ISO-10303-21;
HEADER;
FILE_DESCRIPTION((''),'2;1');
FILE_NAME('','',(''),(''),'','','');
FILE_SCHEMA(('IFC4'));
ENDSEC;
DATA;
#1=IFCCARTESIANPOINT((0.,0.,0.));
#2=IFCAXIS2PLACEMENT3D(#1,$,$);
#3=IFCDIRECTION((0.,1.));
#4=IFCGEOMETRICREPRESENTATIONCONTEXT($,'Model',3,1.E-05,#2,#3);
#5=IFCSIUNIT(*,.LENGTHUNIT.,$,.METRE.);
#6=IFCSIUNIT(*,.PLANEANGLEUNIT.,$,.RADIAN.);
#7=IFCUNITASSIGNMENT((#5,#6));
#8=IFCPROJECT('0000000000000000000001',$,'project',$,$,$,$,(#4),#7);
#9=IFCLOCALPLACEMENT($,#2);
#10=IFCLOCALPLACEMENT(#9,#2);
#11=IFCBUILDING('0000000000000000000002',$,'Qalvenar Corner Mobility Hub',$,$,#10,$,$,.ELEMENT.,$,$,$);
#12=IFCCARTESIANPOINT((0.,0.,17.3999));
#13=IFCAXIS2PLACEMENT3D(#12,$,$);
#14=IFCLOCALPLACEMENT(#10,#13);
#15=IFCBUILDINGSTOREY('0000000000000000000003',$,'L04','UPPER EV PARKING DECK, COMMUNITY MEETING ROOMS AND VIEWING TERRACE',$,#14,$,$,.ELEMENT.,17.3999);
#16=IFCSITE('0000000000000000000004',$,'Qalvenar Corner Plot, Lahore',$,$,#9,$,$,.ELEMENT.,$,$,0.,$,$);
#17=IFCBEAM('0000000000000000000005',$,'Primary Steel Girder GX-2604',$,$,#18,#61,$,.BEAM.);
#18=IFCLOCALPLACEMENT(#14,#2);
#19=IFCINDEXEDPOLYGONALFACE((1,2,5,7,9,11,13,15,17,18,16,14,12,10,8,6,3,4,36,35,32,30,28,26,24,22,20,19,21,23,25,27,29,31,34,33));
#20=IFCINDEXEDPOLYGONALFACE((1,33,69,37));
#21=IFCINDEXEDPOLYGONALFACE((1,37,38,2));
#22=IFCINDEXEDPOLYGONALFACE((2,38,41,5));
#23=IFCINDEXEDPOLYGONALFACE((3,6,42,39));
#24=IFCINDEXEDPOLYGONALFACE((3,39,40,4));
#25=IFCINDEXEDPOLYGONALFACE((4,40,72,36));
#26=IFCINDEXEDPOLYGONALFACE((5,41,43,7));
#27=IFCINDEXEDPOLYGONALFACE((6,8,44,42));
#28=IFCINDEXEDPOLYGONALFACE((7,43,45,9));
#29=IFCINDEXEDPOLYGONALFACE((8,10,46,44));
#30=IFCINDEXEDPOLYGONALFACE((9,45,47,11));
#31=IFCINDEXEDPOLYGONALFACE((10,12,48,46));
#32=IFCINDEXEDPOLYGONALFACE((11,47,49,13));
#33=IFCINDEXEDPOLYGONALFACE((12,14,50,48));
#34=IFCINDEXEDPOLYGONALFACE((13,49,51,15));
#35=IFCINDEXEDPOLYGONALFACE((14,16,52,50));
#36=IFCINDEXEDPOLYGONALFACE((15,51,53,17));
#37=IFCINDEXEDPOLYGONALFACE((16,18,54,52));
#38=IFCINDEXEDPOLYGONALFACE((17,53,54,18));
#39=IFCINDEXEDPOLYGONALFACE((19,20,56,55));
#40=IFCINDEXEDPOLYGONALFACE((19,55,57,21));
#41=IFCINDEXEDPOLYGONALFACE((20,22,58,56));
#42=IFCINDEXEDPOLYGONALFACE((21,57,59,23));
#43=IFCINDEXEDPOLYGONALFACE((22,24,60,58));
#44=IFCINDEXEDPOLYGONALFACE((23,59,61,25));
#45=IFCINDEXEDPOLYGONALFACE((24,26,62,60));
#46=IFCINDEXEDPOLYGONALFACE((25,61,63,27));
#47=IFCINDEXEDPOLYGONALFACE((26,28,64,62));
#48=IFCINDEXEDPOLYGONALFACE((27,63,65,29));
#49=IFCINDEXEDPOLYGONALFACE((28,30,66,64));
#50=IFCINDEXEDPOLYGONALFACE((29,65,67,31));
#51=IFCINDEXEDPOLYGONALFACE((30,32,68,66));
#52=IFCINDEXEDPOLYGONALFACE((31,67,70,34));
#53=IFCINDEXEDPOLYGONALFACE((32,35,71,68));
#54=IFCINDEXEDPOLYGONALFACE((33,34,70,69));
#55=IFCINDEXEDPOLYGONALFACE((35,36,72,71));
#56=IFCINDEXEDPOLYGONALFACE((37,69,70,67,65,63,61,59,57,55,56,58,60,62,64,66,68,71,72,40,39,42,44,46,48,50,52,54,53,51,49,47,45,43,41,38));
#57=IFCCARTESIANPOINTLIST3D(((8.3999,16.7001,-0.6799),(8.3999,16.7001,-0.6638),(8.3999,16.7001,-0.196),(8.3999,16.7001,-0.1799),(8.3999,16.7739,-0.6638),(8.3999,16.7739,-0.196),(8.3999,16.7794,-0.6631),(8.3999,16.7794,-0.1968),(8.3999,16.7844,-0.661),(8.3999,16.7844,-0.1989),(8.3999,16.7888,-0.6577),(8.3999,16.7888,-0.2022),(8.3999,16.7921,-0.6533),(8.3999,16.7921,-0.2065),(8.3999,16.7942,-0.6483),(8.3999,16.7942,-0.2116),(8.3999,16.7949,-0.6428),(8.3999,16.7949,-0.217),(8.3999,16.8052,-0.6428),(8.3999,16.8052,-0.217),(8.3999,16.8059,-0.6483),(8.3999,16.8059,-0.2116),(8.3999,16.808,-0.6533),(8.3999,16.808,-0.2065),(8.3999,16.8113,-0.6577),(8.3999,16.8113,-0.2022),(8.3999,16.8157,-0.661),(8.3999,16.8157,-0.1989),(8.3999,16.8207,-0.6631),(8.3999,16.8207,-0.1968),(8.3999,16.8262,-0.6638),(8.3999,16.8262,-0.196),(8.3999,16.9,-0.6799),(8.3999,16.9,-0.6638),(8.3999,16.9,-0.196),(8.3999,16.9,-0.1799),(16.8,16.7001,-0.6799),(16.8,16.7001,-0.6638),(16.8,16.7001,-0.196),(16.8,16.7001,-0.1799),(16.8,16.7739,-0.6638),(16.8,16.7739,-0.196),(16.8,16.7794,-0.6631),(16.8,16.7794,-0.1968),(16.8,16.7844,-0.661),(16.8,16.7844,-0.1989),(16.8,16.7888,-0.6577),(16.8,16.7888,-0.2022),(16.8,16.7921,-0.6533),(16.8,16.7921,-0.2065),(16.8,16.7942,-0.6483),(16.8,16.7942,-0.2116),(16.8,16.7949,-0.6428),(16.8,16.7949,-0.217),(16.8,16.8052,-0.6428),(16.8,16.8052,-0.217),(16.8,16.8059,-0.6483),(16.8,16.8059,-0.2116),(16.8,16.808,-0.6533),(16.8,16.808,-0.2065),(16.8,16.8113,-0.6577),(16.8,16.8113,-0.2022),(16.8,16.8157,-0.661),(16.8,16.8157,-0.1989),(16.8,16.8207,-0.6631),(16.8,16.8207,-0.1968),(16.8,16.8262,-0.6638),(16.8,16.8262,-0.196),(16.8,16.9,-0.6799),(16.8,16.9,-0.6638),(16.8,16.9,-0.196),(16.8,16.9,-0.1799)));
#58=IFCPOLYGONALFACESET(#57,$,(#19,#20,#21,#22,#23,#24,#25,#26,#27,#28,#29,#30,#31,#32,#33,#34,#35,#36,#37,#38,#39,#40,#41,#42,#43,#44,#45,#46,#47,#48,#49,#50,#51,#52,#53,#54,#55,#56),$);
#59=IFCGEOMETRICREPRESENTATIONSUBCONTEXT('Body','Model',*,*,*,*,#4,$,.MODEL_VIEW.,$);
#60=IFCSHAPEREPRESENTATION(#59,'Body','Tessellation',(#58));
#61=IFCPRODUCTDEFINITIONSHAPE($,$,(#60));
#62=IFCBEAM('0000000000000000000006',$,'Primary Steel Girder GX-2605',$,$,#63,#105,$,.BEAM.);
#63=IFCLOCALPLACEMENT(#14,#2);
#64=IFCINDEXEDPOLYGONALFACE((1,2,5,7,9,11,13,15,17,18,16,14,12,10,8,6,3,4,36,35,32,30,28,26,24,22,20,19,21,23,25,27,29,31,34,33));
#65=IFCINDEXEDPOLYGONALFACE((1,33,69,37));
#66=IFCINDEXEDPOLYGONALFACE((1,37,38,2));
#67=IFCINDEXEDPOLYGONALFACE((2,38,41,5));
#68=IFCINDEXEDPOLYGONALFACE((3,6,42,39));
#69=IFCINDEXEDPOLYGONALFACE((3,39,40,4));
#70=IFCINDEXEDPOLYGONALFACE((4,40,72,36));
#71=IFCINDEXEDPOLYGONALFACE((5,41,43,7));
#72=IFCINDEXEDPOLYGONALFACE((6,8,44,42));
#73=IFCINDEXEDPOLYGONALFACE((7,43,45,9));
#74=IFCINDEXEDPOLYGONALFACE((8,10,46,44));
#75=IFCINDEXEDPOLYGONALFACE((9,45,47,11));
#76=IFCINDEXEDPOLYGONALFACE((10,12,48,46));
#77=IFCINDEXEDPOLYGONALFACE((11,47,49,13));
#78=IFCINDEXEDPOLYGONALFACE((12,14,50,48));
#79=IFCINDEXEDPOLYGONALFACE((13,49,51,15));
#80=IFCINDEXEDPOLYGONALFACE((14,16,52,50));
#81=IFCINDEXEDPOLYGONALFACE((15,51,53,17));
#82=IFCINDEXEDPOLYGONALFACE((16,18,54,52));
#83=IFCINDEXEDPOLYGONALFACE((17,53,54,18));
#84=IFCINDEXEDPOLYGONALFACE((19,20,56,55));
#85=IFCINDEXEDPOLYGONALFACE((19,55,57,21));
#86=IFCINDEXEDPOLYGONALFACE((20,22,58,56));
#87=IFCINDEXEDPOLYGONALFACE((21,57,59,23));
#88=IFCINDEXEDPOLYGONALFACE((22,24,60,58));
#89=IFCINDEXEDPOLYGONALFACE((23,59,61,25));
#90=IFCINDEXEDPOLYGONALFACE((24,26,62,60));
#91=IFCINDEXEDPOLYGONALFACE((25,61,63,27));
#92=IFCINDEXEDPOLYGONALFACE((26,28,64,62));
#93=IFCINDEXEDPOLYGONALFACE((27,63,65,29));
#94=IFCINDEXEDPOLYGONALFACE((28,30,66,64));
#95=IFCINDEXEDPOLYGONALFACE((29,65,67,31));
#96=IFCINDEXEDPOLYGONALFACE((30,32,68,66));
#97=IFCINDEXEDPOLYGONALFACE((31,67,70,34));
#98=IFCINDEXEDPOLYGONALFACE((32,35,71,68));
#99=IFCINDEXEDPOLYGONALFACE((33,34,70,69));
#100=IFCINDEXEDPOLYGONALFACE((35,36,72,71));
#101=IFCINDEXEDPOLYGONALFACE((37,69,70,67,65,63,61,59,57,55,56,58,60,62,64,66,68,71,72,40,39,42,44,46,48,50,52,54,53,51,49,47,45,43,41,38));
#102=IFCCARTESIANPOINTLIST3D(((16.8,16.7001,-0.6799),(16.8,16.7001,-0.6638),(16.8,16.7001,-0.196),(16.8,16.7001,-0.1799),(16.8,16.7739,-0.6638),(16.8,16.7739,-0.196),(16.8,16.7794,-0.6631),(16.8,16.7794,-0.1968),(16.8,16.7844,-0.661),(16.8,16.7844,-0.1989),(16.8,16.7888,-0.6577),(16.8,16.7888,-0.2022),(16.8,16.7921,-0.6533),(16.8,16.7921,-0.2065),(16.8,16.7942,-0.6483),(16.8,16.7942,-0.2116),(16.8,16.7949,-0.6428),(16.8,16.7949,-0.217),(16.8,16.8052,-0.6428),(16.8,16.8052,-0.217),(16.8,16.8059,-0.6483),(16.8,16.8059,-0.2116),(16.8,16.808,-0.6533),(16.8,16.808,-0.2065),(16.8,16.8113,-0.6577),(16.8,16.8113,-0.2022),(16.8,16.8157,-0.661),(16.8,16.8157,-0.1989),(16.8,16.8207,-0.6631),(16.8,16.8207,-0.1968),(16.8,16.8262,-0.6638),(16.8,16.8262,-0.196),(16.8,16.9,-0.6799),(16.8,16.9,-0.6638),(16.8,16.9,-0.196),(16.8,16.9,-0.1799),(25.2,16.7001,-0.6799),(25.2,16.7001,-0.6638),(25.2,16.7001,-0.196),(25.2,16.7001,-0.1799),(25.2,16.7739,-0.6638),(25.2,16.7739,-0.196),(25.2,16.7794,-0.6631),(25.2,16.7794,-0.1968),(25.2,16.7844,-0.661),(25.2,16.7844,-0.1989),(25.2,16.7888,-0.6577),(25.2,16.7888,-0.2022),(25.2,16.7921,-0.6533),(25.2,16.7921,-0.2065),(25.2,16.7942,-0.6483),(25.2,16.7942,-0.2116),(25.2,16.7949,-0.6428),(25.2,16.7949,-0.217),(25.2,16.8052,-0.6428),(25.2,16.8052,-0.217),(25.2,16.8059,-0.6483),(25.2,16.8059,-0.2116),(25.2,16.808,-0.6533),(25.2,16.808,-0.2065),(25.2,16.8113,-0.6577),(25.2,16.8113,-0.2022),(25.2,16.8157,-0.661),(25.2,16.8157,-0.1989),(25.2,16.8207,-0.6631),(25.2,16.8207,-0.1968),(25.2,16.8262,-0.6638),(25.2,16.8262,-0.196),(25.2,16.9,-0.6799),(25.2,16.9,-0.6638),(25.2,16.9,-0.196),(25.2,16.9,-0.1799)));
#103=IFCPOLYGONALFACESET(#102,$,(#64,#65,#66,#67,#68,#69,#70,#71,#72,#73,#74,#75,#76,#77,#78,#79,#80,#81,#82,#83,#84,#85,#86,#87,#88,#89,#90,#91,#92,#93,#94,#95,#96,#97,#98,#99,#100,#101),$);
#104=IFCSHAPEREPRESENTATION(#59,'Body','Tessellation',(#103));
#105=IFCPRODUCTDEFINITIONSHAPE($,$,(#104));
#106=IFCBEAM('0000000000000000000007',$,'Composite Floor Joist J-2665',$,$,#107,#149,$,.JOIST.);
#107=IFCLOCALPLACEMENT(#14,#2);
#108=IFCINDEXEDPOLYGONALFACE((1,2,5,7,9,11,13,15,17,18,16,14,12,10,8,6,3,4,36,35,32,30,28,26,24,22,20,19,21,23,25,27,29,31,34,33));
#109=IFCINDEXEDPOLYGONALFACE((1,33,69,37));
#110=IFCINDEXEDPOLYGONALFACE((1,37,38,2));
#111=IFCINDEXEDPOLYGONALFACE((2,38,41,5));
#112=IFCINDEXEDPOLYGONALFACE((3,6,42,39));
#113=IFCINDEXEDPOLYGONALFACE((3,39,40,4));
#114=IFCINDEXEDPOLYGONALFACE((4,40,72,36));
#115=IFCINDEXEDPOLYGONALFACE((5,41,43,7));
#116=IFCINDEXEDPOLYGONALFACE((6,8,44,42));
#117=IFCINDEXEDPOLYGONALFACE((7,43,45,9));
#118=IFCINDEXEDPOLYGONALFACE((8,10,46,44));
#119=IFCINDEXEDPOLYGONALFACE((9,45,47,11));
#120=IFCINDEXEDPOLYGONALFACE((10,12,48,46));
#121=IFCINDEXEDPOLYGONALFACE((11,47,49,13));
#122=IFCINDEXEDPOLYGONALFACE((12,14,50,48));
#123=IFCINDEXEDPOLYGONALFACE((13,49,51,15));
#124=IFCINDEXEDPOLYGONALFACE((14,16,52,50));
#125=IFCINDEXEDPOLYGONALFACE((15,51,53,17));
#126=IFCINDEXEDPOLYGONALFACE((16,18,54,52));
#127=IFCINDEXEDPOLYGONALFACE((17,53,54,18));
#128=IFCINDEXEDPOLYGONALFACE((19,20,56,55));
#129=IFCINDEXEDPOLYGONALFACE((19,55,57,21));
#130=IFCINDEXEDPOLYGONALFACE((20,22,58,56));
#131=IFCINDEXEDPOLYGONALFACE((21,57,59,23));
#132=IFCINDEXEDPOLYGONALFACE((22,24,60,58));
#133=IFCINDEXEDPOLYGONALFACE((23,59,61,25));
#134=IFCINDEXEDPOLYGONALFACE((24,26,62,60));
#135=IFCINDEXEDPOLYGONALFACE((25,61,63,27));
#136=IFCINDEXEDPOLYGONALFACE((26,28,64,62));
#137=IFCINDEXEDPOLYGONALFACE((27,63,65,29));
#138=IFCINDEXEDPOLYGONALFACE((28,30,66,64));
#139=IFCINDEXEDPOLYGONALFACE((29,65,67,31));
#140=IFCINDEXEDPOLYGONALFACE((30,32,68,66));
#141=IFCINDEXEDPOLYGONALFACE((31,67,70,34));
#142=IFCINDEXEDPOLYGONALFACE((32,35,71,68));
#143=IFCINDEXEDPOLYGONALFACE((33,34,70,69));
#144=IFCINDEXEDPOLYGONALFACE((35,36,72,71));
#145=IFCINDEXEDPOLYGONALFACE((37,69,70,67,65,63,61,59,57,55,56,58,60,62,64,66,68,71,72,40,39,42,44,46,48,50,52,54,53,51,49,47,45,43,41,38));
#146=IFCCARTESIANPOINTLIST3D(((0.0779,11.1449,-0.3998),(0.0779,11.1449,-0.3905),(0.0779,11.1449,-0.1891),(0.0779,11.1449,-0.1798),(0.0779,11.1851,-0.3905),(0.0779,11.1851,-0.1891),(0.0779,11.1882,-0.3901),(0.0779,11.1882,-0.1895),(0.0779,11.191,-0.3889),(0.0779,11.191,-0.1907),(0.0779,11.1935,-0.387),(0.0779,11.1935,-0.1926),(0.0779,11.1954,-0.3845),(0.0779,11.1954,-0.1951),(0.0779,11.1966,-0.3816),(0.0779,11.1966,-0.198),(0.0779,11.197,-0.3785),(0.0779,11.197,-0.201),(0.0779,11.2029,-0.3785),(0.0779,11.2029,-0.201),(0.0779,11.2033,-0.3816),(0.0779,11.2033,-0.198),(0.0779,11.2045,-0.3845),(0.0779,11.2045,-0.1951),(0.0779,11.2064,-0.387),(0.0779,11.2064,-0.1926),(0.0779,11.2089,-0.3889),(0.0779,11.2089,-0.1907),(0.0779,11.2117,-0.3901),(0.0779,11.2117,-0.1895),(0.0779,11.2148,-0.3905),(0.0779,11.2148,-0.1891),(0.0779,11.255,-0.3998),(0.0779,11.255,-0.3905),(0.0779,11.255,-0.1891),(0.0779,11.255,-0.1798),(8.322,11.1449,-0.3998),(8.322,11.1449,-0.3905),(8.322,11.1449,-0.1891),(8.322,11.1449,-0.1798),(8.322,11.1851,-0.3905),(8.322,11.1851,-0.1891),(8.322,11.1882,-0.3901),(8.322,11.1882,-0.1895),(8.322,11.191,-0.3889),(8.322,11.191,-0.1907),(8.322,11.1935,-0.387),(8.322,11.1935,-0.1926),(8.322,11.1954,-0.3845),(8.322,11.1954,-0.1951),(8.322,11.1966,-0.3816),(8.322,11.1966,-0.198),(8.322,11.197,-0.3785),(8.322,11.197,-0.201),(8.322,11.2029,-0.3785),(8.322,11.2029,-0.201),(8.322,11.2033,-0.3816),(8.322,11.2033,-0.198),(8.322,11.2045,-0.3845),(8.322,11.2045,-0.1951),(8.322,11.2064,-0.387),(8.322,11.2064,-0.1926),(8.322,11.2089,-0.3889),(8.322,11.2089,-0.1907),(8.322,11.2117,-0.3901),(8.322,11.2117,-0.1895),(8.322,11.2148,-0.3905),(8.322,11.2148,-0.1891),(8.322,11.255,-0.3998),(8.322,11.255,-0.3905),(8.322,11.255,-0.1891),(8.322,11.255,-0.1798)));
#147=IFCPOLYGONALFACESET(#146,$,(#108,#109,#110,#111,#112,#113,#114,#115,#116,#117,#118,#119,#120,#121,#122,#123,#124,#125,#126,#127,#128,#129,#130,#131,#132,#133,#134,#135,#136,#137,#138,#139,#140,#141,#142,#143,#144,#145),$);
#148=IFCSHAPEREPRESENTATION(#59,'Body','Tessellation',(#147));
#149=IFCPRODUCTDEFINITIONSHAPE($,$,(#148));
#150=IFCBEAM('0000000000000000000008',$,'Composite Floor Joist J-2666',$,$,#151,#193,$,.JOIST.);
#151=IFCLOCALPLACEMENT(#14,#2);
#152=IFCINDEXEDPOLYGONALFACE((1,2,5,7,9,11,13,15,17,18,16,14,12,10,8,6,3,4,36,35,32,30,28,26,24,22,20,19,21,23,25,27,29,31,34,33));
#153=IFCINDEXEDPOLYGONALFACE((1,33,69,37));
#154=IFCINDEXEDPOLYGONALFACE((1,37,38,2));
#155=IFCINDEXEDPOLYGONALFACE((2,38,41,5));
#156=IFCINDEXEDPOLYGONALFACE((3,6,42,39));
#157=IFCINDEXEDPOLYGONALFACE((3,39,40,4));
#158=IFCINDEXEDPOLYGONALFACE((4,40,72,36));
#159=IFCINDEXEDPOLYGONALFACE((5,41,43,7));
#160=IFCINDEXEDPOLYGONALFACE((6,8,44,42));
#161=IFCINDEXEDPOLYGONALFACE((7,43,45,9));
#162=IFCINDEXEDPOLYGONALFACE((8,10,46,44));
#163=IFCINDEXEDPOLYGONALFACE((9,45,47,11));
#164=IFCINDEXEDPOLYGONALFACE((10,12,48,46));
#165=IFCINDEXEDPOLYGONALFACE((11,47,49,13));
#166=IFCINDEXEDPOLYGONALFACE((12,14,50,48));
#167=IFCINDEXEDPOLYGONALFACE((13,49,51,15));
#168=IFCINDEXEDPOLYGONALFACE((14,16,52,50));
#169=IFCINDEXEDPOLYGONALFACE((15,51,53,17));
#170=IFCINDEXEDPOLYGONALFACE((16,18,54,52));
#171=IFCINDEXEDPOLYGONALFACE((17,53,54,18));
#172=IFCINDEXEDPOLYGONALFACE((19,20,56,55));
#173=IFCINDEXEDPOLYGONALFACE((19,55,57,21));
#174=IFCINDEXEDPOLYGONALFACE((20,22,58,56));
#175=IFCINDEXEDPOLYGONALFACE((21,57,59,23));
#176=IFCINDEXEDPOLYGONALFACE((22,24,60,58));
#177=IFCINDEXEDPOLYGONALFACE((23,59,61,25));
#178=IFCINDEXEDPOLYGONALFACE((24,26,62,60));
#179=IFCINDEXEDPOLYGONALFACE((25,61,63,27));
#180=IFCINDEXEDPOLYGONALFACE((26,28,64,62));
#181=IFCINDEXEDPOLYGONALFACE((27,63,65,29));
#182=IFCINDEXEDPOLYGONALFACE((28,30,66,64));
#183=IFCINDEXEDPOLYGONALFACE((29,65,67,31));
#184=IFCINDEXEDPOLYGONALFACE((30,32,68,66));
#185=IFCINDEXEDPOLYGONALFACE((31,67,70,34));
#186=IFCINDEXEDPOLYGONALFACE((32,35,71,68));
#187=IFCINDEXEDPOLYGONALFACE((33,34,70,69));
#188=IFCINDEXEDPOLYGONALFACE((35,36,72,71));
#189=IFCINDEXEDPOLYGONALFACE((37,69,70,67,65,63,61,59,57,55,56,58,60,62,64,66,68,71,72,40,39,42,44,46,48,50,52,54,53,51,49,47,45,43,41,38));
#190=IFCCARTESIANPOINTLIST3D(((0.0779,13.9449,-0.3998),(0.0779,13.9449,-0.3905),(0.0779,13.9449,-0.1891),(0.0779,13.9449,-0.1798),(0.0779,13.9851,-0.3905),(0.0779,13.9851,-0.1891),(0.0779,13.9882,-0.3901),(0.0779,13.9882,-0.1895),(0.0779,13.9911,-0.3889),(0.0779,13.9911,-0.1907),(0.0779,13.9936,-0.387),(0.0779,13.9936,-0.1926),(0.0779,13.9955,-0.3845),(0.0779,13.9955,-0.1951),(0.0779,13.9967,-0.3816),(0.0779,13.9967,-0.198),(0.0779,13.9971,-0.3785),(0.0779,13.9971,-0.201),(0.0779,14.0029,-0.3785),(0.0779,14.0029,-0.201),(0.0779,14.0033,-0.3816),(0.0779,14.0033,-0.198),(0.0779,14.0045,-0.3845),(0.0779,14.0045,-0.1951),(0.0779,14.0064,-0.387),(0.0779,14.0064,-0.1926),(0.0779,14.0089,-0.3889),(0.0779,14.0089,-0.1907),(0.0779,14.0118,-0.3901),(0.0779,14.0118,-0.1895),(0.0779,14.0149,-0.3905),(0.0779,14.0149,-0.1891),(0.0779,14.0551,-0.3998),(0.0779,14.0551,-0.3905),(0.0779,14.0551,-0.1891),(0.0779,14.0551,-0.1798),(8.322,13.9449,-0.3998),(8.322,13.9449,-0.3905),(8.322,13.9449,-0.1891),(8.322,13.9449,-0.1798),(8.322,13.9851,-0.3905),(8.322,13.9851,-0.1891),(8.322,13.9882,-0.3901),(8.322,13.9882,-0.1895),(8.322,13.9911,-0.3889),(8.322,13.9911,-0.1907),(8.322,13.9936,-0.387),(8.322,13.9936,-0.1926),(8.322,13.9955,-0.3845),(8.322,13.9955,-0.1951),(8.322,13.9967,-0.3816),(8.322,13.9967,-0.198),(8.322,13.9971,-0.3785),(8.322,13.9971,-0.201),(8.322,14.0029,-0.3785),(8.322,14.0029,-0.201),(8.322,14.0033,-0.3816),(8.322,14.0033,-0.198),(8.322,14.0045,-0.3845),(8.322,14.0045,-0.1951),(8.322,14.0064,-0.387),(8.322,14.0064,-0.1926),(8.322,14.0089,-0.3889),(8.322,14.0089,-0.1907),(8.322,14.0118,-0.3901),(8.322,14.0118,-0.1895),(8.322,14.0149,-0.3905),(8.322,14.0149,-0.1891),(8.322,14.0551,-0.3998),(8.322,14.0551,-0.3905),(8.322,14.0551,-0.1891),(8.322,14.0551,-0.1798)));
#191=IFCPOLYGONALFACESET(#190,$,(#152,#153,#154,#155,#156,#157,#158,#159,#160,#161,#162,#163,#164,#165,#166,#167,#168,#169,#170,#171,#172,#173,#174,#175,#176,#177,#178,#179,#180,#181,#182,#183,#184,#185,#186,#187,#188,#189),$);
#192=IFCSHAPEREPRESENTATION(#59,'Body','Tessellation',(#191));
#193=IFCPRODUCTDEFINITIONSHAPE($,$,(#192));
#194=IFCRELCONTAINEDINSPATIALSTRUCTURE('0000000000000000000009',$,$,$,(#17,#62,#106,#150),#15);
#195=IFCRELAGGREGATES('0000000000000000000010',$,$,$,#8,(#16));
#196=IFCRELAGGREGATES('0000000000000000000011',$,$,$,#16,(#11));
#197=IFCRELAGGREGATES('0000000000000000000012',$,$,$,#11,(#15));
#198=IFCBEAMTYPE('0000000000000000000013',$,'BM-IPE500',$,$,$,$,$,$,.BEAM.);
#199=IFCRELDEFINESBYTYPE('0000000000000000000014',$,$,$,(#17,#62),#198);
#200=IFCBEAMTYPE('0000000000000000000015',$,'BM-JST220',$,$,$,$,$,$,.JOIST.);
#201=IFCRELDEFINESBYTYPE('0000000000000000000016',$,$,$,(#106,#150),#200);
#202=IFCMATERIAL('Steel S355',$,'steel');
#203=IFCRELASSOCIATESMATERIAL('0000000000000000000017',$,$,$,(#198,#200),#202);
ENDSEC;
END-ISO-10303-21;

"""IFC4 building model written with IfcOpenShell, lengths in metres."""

from ifc_helpers import new_model, si_unit, direction, frame, origin, origin_2d, place, context, subcontext, project, spatial, i_section, extrude, material, material_profile, profile_set, type_object, element, save


model = new_model("IFC4")

# Units and contexts
model_context = context("Model", 3, precision=1e-05, world=origin(), true_north=direction((0.0, 1.0)))
body_context = subcontext(model_context, "Body", "Model", "MODEL_VIEW")
ifc_project = project(units=[si_unit("LENGTHUNIT", "METRE"), si_unit("PLANEANGLEUNIT", "RADIAN")], contexts=[model_context])

# Site, building, storey
site_placement = place(None, origin())
site = spatial("IfcSite", under=ifc_project, at=site_placement, Name="Qalvenar Corner Plot, Lahore", CompositionType="ELEMENT", RefElevation=0.0)
building_placement = place(site_placement, origin())
building = spatial("IfcBuilding", under=site, at=building_placement, Name="Qalvenar Corner Mobility Hub", CompositionType="ELEMENT")
storey_placement = place(building_placement, frame((0.0, 0.0, 17.3999)))
storey = spatial("IfcBuildingStorey", under=building, at=storey_placement, Name="L04", Description="UPPER EV PARKING DECK, COMMUNITY MEETING ROOMS AND VIEWING TERRACE", CompositionType="ELEMENT", Elevation=17.3999)

# Shared definitions
ifc_material_1 = material(Name="Steel S355", Category="steel")

# Beams
ifc_material_profile_1 = material_profile(ifc_material_1, i_section(OverallWidth=0.2, OverallDepth=0.5, WebThickness=0.0103, FlangeThickness=0.0161, FilletRadius=0.021, at=origin_2d()), Name="IPE500")
ifc_profile_set_1 = profile_set([ifc_material_profile_1], Name="Steel S355")
beam_type_1 = type_object("IfcBeamType", Name="BM-IPE500", PredefinedType="BEAM", material=ifc_profile_set_1)
beam_1_placement = place(storey_placement, frame((8.3999, 16.8, -0.4299), z_axis=(1.0, 0.0, 0.0), x_axis=(0.0, 1.0, 0.0)))
element("IfcBeam", 1, at=beam_1_placement, inside=storey, type_object=beam_type_1, Name="Primary Steel Girder GX-2604", PredefinedType="BEAM", context=body_context, shape_type="SweptSolid", body=[
    extrude(i_section(OverallWidth=0.2, OverallDepth=0.5, WebThickness=0.0103, FlangeThickness=0.0161, FilletRadius=0.021, at=origin_2d()), origin(), (0.0, 0.0, 1.0), 8.4001),
])
beam_2_placement = place(storey_placement, frame((16.8, 16.8, -0.4299), z_axis=(1.0, 0.0, 0.0), x_axis=(0.0, 1.0, 0.0)))
element("IfcBeam", 2, at=beam_2_placement, inside=storey, type_object=beam_type_1, Name="Primary Steel Girder GX-2605", PredefinedType="BEAM", context=body_context, shape_type="SweptSolid", body=[
    extrude(i_section(OverallWidth=0.2, OverallDepth=0.5, WebThickness=0.0103, FlangeThickness=0.0161, FilletRadius=0.021, at=origin_2d()), origin(), (0.0, 0.0, 1.0), 8.3999),
])
ifc_material_profile_2 = material_profile(ifc_material_1, i_section(OverallWidth=0.1101, OverallDepth=0.22, WebThickness=0.0059, FlangeThickness=0.0093, FilletRadius=0.012, at=origin_2d()), Name="IPE220")
ifc_profile_set_2 = profile_set([ifc_material_profile_2], Name="Steel S355")
beam_type_2 = type_object("IfcBeamType", Name="BM-JST220", PredefinedType="JOIST", material=ifc_profile_set_2)
for number, where, z_axis, x_axis, name in (
    (3, (0.0779, 11.2, -0.2898), (1.0, 0.0, 0.0), (0.0, 1.0, 0.0), "Composite Floor Joist J-2665"),
    (4, (0.0779, 14.0, -0.2898), (1.0, 0.0, 0.0), (0.0, 1.0, 0.0), "Composite Floor Joist J-2666"),
):
    element("IfcBeam", number, at=place(storey_placement, frame(where, z_axis=z_axis, x_axis=x_axis)), inside=storey, type_object=beam_type_2, Name=name, PredefinedType="JOIST", context=body_context, shape_type="SweptSolid", body=[
        extrude(i_section(OverallWidth=0.1101, OverallDepth=0.22, WebThickness=0.0059, FlangeThickness=0.0093, FilletRadius=0.012, at=origin_2d()), origin(), (0.0, 0.0, 1.0), 8.2441),
    ])

save(model, "model.ifc")
